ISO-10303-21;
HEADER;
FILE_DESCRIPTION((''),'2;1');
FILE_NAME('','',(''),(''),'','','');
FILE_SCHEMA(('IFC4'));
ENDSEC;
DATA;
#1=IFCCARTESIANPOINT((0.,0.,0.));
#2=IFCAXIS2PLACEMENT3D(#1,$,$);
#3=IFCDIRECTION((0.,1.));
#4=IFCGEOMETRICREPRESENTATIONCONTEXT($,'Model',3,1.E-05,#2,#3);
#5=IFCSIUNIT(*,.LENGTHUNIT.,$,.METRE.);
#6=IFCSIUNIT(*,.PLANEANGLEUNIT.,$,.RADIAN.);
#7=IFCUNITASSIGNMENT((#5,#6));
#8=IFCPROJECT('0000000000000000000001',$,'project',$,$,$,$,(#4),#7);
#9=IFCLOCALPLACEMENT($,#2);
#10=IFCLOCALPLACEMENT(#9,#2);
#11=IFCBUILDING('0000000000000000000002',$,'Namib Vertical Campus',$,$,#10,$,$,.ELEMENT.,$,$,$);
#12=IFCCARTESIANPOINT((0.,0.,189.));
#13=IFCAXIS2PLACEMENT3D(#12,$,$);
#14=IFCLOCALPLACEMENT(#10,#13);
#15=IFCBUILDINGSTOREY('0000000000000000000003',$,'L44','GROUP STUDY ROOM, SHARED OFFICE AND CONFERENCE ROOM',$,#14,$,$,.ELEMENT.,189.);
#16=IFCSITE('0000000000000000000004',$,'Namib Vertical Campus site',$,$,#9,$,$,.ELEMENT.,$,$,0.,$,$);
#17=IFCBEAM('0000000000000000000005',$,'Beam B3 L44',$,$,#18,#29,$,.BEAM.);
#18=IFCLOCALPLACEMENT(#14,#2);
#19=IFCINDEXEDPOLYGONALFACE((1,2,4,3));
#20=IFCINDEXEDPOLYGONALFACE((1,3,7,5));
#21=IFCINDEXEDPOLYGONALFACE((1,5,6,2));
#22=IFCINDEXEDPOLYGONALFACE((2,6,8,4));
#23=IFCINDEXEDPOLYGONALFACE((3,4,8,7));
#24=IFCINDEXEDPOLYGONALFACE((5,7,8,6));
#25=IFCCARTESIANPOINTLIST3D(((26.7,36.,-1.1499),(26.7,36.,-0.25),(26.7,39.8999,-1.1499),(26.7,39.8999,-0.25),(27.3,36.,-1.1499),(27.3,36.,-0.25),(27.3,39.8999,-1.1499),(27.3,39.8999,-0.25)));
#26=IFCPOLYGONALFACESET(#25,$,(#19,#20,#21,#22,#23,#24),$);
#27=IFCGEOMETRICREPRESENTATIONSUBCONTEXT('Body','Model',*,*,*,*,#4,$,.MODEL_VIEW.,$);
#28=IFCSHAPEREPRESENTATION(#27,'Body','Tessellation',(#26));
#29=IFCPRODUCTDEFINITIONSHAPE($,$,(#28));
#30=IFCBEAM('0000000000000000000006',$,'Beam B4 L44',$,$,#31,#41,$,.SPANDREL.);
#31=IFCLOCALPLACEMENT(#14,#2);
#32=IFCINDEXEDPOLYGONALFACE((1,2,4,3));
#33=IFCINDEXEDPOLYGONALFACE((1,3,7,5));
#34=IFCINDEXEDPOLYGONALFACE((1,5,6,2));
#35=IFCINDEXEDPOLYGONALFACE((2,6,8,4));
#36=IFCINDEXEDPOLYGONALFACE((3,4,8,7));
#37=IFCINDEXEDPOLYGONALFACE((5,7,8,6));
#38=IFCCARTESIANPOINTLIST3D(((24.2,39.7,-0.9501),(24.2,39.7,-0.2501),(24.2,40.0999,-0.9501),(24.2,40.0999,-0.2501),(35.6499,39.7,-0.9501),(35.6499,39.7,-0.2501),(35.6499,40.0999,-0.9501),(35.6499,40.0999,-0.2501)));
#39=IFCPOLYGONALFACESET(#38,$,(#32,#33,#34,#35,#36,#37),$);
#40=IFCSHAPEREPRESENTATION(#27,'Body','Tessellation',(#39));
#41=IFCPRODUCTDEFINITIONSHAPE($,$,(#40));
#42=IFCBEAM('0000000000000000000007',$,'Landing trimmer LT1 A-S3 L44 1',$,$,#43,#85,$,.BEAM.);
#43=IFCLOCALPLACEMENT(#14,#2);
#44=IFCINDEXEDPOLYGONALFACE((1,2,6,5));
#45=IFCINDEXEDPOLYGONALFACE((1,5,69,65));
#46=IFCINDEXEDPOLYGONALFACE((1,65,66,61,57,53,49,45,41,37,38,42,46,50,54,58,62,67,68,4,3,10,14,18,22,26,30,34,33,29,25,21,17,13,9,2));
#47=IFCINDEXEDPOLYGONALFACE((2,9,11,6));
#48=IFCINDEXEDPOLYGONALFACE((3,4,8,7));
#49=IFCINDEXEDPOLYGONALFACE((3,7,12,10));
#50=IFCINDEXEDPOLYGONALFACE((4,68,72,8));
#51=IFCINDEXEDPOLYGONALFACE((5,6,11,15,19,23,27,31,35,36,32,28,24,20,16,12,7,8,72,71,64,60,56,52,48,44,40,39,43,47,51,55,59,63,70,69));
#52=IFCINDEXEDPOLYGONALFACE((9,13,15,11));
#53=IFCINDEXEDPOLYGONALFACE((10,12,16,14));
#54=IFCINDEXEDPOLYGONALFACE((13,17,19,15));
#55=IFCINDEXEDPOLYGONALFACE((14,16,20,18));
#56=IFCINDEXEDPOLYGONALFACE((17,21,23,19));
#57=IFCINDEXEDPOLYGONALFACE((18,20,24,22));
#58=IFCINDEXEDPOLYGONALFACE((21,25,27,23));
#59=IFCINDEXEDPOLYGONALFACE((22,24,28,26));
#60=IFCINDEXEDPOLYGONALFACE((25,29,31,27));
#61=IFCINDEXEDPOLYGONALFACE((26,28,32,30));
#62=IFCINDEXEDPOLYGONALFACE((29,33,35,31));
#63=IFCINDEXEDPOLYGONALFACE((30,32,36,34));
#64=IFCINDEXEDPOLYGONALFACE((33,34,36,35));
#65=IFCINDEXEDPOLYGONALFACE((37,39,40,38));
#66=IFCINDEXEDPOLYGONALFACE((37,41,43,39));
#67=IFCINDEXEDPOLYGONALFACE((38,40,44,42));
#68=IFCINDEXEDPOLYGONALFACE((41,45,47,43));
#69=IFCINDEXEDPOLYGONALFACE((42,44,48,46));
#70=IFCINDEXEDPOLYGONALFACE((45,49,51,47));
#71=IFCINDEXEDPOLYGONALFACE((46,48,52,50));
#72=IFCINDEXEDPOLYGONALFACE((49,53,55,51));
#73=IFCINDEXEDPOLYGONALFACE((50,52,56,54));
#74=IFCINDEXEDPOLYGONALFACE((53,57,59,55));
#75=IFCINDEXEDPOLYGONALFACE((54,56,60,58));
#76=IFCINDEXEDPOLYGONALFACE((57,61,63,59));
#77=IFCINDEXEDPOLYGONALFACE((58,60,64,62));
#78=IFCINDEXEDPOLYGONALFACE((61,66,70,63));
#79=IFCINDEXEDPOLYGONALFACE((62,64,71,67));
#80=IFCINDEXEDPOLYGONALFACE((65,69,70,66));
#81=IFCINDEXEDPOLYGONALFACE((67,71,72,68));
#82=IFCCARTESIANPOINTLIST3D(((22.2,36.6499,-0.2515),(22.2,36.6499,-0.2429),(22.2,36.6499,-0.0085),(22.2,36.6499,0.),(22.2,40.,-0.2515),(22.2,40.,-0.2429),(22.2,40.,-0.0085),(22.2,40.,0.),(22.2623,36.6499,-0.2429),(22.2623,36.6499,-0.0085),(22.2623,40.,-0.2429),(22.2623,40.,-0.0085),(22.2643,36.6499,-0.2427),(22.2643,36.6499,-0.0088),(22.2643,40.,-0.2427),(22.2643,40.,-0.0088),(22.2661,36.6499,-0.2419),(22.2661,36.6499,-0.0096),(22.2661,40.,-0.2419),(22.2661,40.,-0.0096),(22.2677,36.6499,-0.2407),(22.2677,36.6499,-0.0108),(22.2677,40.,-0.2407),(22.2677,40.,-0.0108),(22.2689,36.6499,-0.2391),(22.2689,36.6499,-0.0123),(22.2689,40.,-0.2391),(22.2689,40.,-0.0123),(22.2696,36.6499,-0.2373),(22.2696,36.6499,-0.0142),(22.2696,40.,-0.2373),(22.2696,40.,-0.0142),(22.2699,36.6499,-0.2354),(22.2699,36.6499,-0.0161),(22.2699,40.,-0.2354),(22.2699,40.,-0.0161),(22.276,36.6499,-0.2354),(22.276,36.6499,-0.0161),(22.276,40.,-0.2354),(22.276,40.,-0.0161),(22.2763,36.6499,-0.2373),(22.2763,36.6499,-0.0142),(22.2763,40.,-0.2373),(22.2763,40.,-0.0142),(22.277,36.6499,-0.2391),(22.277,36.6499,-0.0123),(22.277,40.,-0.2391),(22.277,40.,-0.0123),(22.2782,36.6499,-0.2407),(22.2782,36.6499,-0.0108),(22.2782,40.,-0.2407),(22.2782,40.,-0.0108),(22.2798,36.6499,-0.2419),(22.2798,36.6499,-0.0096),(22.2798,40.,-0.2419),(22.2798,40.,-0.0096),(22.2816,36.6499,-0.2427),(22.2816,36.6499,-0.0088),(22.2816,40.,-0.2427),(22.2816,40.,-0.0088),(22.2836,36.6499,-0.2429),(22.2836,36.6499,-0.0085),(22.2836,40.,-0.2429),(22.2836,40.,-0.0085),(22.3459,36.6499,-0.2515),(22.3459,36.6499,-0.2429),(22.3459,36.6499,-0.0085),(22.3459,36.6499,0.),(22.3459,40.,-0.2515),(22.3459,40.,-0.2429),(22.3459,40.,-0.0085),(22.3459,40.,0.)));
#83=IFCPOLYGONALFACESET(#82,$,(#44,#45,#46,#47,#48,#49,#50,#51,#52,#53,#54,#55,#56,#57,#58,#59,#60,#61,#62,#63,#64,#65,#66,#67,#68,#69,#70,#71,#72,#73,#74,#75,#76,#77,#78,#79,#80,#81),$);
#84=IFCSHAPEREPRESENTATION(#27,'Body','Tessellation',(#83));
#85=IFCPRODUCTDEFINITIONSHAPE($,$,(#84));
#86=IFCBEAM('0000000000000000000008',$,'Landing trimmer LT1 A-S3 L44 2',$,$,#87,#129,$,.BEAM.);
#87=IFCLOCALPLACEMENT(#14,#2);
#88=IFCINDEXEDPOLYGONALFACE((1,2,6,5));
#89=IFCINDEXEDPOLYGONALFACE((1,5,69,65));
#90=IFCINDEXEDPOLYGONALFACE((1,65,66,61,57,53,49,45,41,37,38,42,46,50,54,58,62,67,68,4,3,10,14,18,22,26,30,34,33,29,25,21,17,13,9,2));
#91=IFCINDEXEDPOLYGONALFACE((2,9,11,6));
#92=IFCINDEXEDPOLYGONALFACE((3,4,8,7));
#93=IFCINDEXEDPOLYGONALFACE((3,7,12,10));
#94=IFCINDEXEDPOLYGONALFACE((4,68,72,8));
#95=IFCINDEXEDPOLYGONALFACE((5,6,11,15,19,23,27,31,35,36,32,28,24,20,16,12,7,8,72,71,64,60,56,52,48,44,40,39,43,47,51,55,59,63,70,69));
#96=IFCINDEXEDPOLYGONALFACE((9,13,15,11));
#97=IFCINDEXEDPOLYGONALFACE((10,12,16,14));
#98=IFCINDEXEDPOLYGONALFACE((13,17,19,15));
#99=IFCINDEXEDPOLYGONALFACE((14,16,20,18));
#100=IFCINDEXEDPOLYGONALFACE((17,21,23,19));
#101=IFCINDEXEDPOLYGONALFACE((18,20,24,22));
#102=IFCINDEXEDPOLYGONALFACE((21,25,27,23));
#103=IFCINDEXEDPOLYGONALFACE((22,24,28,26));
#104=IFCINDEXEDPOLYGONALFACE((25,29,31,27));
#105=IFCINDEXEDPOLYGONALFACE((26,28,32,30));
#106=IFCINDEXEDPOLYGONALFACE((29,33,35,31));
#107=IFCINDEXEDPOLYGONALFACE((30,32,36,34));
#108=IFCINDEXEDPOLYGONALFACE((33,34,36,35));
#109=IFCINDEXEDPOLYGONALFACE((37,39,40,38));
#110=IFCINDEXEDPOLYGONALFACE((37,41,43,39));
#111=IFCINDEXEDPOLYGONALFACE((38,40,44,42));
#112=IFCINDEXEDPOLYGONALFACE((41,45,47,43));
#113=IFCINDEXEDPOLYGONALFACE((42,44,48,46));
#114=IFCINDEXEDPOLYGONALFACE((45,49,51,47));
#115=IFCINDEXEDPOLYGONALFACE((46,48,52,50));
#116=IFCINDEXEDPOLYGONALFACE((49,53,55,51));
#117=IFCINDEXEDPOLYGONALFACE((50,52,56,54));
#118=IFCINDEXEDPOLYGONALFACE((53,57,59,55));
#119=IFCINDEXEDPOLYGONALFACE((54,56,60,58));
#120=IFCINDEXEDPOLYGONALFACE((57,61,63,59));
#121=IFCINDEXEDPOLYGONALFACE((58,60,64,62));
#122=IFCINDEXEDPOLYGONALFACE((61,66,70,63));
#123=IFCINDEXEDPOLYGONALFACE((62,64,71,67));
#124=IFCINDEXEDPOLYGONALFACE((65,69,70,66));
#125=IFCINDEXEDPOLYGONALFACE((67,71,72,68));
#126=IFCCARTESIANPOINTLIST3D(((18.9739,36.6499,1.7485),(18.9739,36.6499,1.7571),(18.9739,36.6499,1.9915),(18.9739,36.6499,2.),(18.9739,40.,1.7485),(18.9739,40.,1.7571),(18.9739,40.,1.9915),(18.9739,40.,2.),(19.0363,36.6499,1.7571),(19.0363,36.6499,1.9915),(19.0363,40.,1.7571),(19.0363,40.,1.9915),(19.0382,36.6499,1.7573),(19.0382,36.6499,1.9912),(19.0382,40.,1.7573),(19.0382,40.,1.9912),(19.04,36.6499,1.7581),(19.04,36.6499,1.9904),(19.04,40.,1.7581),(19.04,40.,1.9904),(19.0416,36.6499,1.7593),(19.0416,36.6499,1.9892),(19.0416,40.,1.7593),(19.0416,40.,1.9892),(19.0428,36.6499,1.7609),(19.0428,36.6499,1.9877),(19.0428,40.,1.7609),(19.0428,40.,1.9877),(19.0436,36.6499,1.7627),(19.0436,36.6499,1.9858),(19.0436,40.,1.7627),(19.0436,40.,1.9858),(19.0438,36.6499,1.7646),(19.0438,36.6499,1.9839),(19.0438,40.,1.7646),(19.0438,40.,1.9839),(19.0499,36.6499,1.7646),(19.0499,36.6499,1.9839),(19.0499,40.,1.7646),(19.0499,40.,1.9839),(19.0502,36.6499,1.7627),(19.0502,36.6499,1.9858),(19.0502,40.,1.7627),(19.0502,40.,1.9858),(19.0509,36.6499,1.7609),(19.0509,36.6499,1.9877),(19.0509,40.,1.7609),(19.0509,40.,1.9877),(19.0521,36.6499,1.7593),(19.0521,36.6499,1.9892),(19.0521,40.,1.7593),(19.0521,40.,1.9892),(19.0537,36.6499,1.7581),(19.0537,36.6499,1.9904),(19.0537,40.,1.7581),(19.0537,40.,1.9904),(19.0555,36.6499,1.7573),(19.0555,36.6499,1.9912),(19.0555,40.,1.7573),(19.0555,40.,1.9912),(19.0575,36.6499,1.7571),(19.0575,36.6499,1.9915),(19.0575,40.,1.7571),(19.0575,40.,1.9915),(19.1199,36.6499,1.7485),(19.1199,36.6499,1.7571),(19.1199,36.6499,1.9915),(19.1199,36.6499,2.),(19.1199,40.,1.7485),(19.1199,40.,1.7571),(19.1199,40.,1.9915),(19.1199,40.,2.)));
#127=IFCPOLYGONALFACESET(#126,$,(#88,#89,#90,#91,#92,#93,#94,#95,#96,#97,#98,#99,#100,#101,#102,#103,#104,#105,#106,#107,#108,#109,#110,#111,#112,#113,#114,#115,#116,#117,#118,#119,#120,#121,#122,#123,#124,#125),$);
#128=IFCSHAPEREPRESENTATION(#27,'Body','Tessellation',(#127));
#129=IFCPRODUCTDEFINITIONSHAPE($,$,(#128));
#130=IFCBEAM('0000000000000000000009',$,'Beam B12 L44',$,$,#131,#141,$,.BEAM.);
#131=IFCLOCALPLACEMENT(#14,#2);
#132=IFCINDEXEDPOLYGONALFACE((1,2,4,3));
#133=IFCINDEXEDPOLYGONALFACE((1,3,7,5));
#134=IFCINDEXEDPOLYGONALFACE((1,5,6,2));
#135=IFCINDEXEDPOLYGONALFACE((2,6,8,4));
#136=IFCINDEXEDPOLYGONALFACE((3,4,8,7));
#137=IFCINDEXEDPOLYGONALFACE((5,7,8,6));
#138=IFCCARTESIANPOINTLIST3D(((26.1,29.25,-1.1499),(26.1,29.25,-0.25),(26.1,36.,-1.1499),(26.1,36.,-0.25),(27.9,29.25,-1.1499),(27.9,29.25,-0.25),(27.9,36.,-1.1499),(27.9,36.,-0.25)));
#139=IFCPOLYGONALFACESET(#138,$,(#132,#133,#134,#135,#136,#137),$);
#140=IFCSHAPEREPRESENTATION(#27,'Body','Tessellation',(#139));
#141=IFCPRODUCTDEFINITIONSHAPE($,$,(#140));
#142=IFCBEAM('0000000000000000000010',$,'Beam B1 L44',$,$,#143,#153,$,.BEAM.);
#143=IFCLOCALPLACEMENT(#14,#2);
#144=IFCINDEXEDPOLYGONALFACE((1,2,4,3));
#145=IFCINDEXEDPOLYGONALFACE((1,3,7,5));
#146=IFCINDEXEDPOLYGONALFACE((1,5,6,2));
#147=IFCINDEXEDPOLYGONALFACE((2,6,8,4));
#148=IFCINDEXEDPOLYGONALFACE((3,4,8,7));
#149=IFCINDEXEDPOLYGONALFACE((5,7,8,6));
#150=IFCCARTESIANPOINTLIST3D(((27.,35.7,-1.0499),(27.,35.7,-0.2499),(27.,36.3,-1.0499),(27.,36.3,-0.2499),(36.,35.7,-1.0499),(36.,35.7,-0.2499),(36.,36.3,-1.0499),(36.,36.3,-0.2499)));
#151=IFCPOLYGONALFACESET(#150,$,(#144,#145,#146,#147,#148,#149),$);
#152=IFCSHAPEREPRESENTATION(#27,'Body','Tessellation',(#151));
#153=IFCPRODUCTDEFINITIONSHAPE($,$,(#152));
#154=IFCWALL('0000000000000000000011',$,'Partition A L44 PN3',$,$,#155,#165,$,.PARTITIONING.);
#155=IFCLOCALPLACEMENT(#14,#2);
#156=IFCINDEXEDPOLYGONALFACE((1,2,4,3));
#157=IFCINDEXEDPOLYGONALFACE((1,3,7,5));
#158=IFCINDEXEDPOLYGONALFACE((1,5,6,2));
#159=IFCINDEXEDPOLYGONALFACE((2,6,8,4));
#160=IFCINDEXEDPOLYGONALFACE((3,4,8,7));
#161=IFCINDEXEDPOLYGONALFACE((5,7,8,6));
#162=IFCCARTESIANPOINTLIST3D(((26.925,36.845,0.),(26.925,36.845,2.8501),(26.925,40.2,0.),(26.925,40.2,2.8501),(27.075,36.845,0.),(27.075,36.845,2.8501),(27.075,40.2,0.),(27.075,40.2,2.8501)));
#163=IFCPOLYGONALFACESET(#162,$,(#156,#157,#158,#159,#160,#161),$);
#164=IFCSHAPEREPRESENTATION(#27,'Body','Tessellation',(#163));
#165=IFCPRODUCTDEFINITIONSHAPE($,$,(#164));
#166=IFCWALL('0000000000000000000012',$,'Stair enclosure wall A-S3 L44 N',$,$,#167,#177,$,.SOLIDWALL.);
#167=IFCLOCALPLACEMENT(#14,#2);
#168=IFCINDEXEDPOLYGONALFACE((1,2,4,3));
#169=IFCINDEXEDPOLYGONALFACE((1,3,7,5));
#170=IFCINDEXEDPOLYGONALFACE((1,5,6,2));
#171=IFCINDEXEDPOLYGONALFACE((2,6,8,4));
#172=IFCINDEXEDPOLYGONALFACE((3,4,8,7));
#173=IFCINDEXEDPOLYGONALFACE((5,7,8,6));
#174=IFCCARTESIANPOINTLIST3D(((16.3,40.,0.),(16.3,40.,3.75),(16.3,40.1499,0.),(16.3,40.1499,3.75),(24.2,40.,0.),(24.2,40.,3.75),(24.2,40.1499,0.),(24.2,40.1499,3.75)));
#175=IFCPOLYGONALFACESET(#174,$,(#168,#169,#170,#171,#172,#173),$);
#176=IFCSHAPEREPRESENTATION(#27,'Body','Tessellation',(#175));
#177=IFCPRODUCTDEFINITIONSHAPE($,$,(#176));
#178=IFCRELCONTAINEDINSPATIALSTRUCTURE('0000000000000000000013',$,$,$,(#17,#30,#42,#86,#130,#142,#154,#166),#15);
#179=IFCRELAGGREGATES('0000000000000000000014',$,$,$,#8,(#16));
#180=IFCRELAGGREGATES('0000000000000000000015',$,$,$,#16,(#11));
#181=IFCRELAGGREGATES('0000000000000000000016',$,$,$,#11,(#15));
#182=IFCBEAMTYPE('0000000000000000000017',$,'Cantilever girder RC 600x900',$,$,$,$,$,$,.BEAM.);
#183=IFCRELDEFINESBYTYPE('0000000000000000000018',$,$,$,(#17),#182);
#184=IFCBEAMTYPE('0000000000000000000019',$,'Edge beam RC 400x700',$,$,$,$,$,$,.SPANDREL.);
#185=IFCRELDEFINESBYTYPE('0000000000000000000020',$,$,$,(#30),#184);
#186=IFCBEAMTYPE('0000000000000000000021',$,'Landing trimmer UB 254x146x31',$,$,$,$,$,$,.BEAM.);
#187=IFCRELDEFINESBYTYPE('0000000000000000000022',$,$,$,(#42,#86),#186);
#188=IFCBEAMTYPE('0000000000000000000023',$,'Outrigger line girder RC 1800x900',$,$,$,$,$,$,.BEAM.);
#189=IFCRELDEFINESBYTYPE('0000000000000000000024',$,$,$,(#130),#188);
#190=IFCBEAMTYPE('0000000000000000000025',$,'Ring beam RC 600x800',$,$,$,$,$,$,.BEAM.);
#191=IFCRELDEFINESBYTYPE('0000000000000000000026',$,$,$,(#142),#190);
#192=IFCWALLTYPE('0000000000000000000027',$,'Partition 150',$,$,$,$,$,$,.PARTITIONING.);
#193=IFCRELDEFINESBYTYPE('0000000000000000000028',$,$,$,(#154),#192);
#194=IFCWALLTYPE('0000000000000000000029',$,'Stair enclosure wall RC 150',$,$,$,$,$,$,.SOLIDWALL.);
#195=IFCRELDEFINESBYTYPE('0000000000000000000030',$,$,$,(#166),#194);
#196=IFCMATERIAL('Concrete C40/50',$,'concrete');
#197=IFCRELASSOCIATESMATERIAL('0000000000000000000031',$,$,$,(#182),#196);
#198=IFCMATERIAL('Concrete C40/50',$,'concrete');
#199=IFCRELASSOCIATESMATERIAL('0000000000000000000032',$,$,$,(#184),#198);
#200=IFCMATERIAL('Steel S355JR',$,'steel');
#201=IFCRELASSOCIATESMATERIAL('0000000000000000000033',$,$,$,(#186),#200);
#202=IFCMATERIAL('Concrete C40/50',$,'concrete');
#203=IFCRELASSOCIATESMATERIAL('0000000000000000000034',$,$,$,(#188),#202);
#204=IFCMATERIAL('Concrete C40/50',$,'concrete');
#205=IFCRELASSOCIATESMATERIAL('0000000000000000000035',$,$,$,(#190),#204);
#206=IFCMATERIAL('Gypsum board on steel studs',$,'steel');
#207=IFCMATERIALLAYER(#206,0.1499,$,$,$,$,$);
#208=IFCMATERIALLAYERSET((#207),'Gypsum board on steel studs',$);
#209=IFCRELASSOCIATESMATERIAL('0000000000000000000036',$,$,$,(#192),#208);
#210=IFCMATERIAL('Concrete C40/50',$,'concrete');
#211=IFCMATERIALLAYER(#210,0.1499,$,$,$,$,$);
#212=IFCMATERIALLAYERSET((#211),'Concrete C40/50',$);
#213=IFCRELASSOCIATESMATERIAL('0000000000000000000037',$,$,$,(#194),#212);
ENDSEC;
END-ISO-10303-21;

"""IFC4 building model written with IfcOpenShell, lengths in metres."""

from ifc_helpers import new_model, si_unit, direction, frame, frame_2d, origin, origin_2d, place, context, subcontext, project, spatial, rectangle, i_section, extrude, material, layer, layer_set, material_profile, profile_set, type_object, element, save


model = new_model("IFC4")

# Units and contexts
model_context = context("Model", 3, precision=1e-05, world=origin(), true_north=direction((0.0, 1.0)))
body_context = subcontext(model_context, "Body", "Model", "MODEL_VIEW")
ifc_project = project(units=[si_unit("LENGTHUNIT", "METRE"), si_unit("PLANEANGLEUNIT", "RADIAN")], contexts=[model_context])

# Site, building, storey
site_placement = place(None, origin())
site = spatial("IfcSite", under=ifc_project, at=site_placement, Name="Namib Vertical Campus site", CompositionType="ELEMENT", RefElevation=0.0)
building_placement = place(site_placement, origin())
building = spatial("IfcBuilding", under=site, at=building_placement, Name="Namib Vertical Campus", CompositionType="ELEMENT")
storey_placement = place(building_placement, frame((0.0, 0.0, 189.0)))
storey = spatial("IfcBuildingStorey", under=building, at=storey_placement, Name="L44", Description="GROUP STUDY ROOM, SHARED OFFICE AND CONFERENCE ROOM", CompositionType="ELEMENT", Elevation=189.0)

# Beams
ifc_material_1 = material(Name="Concrete C40/50", Category="concrete")
ifc_material_profile_1 = material_profile(ifc_material_1, rectangle(XDim=0.6001, YDim=0.8999, at=origin_2d()))
ifc_profile_set_1 = profile_set([ifc_material_profile_1], Name="Concrete C40/50")
beam_type_1 = type_object("IfcBeamType", Name="Cantilever girder RC 600x900", PredefinedType="BEAM", material=ifc_profile_set_1)
beam_1_placement = place(storey_placement, frame((27.0, 36.0, -0.7), z_axis=(0.0, 1.0, 0.0), x_axis=(-1.0, 0.0, 0.0)))
element("IfcBeam", 1, at=beam_1_placement, inside=storey, type_object=beam_type_1, Name="Beam B3 L44", PredefinedType="BEAM", context=body_context, shape_type="SweptSolid", body=[
    extrude(rectangle(XDim=0.6001, YDim=0.8999, at=origin_2d()), origin(), (0.0, 0.0, 1.0), 3.8999),
])
ifc_material_2 = material(Name="Concrete C40/50", Category="concrete")
ifc_material_profile_2 = material_profile(ifc_material_2, rectangle(XDim=0.3999, YDim=0.7, at=origin_2d()))
ifc_profile_set_2 = profile_set([ifc_material_profile_2], Name="Concrete C40/50")
beam_type_2 = type_object("IfcBeamType", Name="Edge beam RC 400x700", PredefinedType="SPANDREL", material=ifc_profile_set_2)
beam_2_placement = place(storey_placement, frame((24.2, 39.8999, -0.6001), z_axis=(1.0, 0.0, 0.0), x_axis=(0.0, 1.0, 0.0)))
element("IfcBeam", 2, at=beam_2_placement, inside=storey, type_object=beam_type_2, Name="Beam B4 L44", PredefinedType="SPANDREL", context=body_context, shape_type="SweptSolid", body=[
    extrude(rectangle(XDim=0.3999, YDim=0.7, at=origin_2d()), origin(), (0.0, 0.0, 1.0), 11.45),
])
ifc_material_3 = material(Name="Steel S355JR", Category="steel")
ifc_material_profile_3 = material_profile(ifc_material_3, i_section(OverallWidth=0.146, OverallDepth=0.2515, WebThickness=0.0061, FlangeThickness=0.0085, FilletRadius=0.0076, at=origin_2d()))
ifc_profile_set_3 = profile_set([ifc_material_profile_3], Name="Steel S355JR")
beam_type_3 = type_object("IfcBeamType", Name="Landing trimmer UB 254x146x31", PredefinedType="BEAM", material=ifc_profile_set_3)
for number, where, z_axis, x_axis, name in (
    (3, (22.2729, 36.6499, -0.1257), (0.0, 1.0, 0.0), (-1.0, 0.0, 0.0), "Landing trimmer LT1 A-S3 L44 1"),
    (4, (19.0469, 36.6499, 1.8743), (0.0, 1.0, 0.0), (-1.0, 0.0, 0.0), "Landing trimmer LT1 A-S3 L44 2"),
):
    element("IfcBeam", number, at=place(storey_placement, frame(where, z_axis=z_axis, x_axis=x_axis)), inside=storey, type_object=beam_type_3, Name=name, PredefinedType="BEAM", context=body_context, shape_type="SweptSolid", body=[
        extrude(i_section(OverallWidth=0.146, OverallDepth=0.2515, WebThickness=0.0061, FlangeThickness=0.0085, FilletRadius=0.0076, at=origin_2d()), origin(), (0.0, 0.0, 1.0), 3.3501),
    ])
ifc_material_4 = material(Name="Concrete C40/50", Category="concrete")
ifc_material_profile_4 = material_profile(ifc_material_4, rectangle(XDim=1.8, YDim=0.8999, at=origin_2d()))
ifc_profile_set_4 = profile_set([ifc_material_profile_4], Name="Concrete C40/50")
beam_type_4 = type_object("IfcBeamType", Name="Outrigger line girder RC 1800x900", PredefinedType="BEAM", material=ifc_profile_set_4)
beam_3_placement = place(storey_placement, frame((27.0, 36.0, -0.7), z_axis=(0.0, -1.0, 0.0), x_axis=(1.0, 0.0, 0.0)))
element("IfcBeam", 5, at=beam_3_placement, inside=storey, type_object=beam_type_4, Name="Beam B12 L44", PredefinedType="BEAM", context=body_context, shape_type="SweptSolid", body=[
    extrude(rectangle(XDim=1.8, YDim=0.8999, at=origin_2d()), origin(), (0.0, 0.0, 1.0), 6.75),
])
ifc_material_5 = material(Name="Concrete C40/50", Category="concrete")
ifc_material_profile_5 = material_profile(ifc_material_5, rectangle(XDim=0.6001, YDim=0.8, at=origin_2d()))
ifc_profile_set_5 = profile_set([ifc_material_profile_5], Name="Concrete C40/50")
beam_type_5 = type_object("IfcBeamType", Name="Ring beam RC 600x800", PredefinedType="BEAM", material=ifc_profile_set_5)
beam_4_placement = place(storey_placement, frame((27.0, 36.0, -0.6499), z_axis=(1.0, 0.0, 0.0), x_axis=(0.0, 1.0, 0.0)))
element("IfcBeam", 6, at=beam_4_placement, inside=storey, type_object=beam_type_5, Name="Beam B1 L44", PredefinedType="BEAM", context=body_context, shape_type="SweptSolid", body=[
    extrude(rectangle(XDim=0.6001, YDim=0.8, at=origin_2d()), origin(), (0.0, 0.0, 1.0), 9.0),
])

# Walls
ifc_material_6 = material(Name="Gypsum board on steel studs", Category="steel")
ifc_layer_1 = layer(ifc_material_6, 0.1499)
ifc_layer_set_1 = layer_set([ifc_layer_1], Name="Gypsum board on steel studs")
wall_type_1 = type_object("IfcWallType", Name="Partition 150", PredefinedType="PARTITIONING", material=ifc_layer_set_1)
wall_1_placement = place(storey_placement, frame((27.0, 36.845, 0.0), z_axis=(0.0, 0.0, 1.0), x_axis=(0.0, 1.0, 0.0)))
element("IfcWall", 7, at=wall_1_placement, inside=storey, type_object=wall_type_1, Name="Partition A L44 PN3", PredefinedType="PARTITIONING", context=body_context, shape_type="SweptSolid", body=[
    extrude(rectangle(XDim=3.355, YDim=0.1499, at=frame_2d((1.6775, 0.0))), origin(), (0.0, 0.0, 1.0), 2.8501),
])
ifc_material_7 = material(Name="Concrete C40/50", Category="concrete")
ifc_layer_2 = layer(ifc_material_7, 0.1499)
ifc_layer_set_2 = layer_set([ifc_layer_2], Name="Concrete C40/50")
wall_type_2 = type_object("IfcWallType", Name="Stair enclosure wall RC 150", PredefinedType="SOLIDWALL", material=ifc_layer_set_2)
wall_2_placement = place(storey_placement, frame((16.3, 40.075, 0.0), z_axis=(0.0, 0.0, 1.0), x_axis=(1.0, 0.0, 0.0)))
element("IfcWall", 8, at=wall_2_placement, inside=storey, type_object=wall_type_2, Name="Stair enclosure wall A-S3 L44 N", PredefinedType="SOLIDWALL", context=body_context, shape_type="SweptSolid", body=[
    extrude(rectangle(XDim=7.8999, YDim=0.1499, at=frame_2d((3.95, 0.0))), origin(), (0.0, 0.0, 1.0), 3.75),
])

save(model, "model.ifc")
